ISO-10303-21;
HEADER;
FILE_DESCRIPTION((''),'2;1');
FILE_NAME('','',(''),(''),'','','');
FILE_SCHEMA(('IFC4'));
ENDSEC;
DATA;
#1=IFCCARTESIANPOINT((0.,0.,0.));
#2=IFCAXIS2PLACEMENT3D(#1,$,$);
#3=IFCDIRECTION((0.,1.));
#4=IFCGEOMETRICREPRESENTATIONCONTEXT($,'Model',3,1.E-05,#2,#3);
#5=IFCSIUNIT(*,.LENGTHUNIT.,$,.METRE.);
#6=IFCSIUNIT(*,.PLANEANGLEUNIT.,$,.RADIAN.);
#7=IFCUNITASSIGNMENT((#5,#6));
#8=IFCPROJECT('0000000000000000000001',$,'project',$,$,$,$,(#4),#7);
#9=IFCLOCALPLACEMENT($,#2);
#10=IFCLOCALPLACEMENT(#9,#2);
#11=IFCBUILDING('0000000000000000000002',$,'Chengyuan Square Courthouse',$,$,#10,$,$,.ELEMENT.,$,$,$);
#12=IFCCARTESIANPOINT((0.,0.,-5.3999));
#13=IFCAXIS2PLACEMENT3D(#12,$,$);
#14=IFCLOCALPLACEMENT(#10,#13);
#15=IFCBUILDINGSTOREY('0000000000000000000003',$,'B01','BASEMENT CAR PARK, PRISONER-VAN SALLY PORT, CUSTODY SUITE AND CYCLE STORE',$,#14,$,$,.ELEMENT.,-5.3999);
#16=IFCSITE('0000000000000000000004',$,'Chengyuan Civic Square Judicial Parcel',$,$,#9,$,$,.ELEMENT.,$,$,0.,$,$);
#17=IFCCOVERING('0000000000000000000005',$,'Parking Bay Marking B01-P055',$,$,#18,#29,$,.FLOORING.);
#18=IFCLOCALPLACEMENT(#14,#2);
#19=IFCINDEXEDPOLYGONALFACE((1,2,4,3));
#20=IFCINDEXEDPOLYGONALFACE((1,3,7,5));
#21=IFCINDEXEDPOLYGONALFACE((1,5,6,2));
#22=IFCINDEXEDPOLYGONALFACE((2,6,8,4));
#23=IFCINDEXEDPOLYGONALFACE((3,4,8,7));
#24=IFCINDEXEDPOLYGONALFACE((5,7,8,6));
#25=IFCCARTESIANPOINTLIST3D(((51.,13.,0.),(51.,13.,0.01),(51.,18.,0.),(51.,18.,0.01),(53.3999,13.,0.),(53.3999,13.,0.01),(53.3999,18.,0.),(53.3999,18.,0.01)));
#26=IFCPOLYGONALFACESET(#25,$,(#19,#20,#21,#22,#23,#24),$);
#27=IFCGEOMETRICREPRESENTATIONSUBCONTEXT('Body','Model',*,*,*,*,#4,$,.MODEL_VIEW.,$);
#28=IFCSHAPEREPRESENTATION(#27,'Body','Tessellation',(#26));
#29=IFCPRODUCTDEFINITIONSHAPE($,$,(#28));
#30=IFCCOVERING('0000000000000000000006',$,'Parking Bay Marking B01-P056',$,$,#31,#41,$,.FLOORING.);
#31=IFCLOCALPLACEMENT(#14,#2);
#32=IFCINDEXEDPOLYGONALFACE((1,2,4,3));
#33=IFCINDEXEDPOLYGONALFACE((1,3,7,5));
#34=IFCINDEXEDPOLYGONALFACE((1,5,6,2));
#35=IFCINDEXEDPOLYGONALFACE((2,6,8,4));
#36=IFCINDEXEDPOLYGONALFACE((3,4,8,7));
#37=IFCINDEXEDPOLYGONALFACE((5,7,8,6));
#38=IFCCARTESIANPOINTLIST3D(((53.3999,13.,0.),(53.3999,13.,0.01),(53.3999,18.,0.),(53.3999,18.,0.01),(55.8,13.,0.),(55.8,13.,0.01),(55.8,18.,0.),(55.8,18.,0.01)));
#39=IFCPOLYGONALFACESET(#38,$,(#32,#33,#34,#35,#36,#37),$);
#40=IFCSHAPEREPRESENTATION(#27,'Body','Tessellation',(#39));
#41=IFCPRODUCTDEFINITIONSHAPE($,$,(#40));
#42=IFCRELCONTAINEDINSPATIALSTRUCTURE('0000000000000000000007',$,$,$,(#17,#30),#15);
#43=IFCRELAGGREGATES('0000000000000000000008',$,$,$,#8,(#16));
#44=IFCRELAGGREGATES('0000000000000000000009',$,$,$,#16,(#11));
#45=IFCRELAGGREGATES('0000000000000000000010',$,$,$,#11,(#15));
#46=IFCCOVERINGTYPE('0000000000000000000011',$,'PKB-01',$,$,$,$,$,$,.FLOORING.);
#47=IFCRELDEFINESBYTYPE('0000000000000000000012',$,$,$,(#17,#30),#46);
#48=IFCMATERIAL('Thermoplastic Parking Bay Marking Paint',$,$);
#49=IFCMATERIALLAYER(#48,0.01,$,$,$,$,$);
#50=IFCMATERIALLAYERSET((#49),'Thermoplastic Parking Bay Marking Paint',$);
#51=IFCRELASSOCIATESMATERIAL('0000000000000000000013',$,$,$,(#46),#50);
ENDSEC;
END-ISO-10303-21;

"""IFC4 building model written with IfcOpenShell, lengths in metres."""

from ifc_helpers import new_model, si_unit, direction, frame, origin, place, context, subcontext, project, spatial, polyline, outline, extrude, material, layer, layer_set, type_object, element, save


model = new_model("IFC4")

# Units and contexts
model_context = context("Model", 3, precision=1e-05, world=origin(), true_north=direction((0.0, 1.0)))
body_context = subcontext(model_context, "Body", "Model", "MODEL_VIEW")
ifc_project = project(units=[si_unit("LENGTHUNIT", "METRE"), si_unit("PLANEANGLEUNIT", "RADIAN")], contexts=[model_context])

# Site, building, storey
site_placement = place(None, origin())
site = spatial("IfcSite", under=ifc_project, at=site_placement, Name="Chengyuan Civic Square Judicial Parcel", CompositionType="ELEMENT", RefElevation=0.0)
building_placement = place(site_placement, origin())
building = spatial("IfcBuilding", under=site, at=building_placement, Name="Chengyuan Square Courthouse", CompositionType="ELEMENT")
storey_placement = place(building_placement, frame((0.0, 0.0, -5.3999)))
storey = spatial("IfcBuildingStorey", under=building, at=storey_placement, Name="B01", Description="BASEMENT CAR PARK, PRISONER-VAN SALLY PORT, CUSTODY SUITE AND CYCLE STORE", CompositionType="ELEMENT", Elevation=-5.3999)

# Coverings
ifc_material = material(Name="Thermoplastic Parking Bay Marking Paint")
ifc_layer = layer(ifc_material, 0.01)
ifc_layer_set = layer_set([ifc_layer], Name="Thermoplastic Parking Bay Marking Paint")
covering_type = type_object("IfcCoveringType", Name="PKB-01", PredefinedType="FLOORING", material=ifc_layer_set)
covering_1_placement = place(storey_placement, origin())
element("IfcCovering", 1, at=covering_1_placement, inside=storey, type_object=covering_type, Name="Parking Bay Marking B01-P055", PredefinedType="FLOORING", context=body_context, shape_type="SweptSolid", body=[
    extrude(outline(polyline([(51.0, 13.0), (53.3999, 13.0), (53.3999, 18.0), (51.0, 18.0), (51.0, 13.0)])), origin(), (0.0, 0.0, 1.0), 0.01),
])
covering_2_placement = place(storey_placement, origin())
element("IfcCovering", 2, at=covering_2_placement, inside=storey, type_object=covering_type, Name="Parking Bay Marking B01-P056", PredefinedType="FLOORING", context=body_context, shape_type="SweptSolid", body=[
    extrude(outline(polyline([(53.3999, 13.0), (55.8, 13.0), (55.8, 18.0), (53.3999, 18.0), (53.3999, 13.0)])), origin(), (0.0, 0.0, 1.0), 0.01),
])

save(model, "model.ifc")
